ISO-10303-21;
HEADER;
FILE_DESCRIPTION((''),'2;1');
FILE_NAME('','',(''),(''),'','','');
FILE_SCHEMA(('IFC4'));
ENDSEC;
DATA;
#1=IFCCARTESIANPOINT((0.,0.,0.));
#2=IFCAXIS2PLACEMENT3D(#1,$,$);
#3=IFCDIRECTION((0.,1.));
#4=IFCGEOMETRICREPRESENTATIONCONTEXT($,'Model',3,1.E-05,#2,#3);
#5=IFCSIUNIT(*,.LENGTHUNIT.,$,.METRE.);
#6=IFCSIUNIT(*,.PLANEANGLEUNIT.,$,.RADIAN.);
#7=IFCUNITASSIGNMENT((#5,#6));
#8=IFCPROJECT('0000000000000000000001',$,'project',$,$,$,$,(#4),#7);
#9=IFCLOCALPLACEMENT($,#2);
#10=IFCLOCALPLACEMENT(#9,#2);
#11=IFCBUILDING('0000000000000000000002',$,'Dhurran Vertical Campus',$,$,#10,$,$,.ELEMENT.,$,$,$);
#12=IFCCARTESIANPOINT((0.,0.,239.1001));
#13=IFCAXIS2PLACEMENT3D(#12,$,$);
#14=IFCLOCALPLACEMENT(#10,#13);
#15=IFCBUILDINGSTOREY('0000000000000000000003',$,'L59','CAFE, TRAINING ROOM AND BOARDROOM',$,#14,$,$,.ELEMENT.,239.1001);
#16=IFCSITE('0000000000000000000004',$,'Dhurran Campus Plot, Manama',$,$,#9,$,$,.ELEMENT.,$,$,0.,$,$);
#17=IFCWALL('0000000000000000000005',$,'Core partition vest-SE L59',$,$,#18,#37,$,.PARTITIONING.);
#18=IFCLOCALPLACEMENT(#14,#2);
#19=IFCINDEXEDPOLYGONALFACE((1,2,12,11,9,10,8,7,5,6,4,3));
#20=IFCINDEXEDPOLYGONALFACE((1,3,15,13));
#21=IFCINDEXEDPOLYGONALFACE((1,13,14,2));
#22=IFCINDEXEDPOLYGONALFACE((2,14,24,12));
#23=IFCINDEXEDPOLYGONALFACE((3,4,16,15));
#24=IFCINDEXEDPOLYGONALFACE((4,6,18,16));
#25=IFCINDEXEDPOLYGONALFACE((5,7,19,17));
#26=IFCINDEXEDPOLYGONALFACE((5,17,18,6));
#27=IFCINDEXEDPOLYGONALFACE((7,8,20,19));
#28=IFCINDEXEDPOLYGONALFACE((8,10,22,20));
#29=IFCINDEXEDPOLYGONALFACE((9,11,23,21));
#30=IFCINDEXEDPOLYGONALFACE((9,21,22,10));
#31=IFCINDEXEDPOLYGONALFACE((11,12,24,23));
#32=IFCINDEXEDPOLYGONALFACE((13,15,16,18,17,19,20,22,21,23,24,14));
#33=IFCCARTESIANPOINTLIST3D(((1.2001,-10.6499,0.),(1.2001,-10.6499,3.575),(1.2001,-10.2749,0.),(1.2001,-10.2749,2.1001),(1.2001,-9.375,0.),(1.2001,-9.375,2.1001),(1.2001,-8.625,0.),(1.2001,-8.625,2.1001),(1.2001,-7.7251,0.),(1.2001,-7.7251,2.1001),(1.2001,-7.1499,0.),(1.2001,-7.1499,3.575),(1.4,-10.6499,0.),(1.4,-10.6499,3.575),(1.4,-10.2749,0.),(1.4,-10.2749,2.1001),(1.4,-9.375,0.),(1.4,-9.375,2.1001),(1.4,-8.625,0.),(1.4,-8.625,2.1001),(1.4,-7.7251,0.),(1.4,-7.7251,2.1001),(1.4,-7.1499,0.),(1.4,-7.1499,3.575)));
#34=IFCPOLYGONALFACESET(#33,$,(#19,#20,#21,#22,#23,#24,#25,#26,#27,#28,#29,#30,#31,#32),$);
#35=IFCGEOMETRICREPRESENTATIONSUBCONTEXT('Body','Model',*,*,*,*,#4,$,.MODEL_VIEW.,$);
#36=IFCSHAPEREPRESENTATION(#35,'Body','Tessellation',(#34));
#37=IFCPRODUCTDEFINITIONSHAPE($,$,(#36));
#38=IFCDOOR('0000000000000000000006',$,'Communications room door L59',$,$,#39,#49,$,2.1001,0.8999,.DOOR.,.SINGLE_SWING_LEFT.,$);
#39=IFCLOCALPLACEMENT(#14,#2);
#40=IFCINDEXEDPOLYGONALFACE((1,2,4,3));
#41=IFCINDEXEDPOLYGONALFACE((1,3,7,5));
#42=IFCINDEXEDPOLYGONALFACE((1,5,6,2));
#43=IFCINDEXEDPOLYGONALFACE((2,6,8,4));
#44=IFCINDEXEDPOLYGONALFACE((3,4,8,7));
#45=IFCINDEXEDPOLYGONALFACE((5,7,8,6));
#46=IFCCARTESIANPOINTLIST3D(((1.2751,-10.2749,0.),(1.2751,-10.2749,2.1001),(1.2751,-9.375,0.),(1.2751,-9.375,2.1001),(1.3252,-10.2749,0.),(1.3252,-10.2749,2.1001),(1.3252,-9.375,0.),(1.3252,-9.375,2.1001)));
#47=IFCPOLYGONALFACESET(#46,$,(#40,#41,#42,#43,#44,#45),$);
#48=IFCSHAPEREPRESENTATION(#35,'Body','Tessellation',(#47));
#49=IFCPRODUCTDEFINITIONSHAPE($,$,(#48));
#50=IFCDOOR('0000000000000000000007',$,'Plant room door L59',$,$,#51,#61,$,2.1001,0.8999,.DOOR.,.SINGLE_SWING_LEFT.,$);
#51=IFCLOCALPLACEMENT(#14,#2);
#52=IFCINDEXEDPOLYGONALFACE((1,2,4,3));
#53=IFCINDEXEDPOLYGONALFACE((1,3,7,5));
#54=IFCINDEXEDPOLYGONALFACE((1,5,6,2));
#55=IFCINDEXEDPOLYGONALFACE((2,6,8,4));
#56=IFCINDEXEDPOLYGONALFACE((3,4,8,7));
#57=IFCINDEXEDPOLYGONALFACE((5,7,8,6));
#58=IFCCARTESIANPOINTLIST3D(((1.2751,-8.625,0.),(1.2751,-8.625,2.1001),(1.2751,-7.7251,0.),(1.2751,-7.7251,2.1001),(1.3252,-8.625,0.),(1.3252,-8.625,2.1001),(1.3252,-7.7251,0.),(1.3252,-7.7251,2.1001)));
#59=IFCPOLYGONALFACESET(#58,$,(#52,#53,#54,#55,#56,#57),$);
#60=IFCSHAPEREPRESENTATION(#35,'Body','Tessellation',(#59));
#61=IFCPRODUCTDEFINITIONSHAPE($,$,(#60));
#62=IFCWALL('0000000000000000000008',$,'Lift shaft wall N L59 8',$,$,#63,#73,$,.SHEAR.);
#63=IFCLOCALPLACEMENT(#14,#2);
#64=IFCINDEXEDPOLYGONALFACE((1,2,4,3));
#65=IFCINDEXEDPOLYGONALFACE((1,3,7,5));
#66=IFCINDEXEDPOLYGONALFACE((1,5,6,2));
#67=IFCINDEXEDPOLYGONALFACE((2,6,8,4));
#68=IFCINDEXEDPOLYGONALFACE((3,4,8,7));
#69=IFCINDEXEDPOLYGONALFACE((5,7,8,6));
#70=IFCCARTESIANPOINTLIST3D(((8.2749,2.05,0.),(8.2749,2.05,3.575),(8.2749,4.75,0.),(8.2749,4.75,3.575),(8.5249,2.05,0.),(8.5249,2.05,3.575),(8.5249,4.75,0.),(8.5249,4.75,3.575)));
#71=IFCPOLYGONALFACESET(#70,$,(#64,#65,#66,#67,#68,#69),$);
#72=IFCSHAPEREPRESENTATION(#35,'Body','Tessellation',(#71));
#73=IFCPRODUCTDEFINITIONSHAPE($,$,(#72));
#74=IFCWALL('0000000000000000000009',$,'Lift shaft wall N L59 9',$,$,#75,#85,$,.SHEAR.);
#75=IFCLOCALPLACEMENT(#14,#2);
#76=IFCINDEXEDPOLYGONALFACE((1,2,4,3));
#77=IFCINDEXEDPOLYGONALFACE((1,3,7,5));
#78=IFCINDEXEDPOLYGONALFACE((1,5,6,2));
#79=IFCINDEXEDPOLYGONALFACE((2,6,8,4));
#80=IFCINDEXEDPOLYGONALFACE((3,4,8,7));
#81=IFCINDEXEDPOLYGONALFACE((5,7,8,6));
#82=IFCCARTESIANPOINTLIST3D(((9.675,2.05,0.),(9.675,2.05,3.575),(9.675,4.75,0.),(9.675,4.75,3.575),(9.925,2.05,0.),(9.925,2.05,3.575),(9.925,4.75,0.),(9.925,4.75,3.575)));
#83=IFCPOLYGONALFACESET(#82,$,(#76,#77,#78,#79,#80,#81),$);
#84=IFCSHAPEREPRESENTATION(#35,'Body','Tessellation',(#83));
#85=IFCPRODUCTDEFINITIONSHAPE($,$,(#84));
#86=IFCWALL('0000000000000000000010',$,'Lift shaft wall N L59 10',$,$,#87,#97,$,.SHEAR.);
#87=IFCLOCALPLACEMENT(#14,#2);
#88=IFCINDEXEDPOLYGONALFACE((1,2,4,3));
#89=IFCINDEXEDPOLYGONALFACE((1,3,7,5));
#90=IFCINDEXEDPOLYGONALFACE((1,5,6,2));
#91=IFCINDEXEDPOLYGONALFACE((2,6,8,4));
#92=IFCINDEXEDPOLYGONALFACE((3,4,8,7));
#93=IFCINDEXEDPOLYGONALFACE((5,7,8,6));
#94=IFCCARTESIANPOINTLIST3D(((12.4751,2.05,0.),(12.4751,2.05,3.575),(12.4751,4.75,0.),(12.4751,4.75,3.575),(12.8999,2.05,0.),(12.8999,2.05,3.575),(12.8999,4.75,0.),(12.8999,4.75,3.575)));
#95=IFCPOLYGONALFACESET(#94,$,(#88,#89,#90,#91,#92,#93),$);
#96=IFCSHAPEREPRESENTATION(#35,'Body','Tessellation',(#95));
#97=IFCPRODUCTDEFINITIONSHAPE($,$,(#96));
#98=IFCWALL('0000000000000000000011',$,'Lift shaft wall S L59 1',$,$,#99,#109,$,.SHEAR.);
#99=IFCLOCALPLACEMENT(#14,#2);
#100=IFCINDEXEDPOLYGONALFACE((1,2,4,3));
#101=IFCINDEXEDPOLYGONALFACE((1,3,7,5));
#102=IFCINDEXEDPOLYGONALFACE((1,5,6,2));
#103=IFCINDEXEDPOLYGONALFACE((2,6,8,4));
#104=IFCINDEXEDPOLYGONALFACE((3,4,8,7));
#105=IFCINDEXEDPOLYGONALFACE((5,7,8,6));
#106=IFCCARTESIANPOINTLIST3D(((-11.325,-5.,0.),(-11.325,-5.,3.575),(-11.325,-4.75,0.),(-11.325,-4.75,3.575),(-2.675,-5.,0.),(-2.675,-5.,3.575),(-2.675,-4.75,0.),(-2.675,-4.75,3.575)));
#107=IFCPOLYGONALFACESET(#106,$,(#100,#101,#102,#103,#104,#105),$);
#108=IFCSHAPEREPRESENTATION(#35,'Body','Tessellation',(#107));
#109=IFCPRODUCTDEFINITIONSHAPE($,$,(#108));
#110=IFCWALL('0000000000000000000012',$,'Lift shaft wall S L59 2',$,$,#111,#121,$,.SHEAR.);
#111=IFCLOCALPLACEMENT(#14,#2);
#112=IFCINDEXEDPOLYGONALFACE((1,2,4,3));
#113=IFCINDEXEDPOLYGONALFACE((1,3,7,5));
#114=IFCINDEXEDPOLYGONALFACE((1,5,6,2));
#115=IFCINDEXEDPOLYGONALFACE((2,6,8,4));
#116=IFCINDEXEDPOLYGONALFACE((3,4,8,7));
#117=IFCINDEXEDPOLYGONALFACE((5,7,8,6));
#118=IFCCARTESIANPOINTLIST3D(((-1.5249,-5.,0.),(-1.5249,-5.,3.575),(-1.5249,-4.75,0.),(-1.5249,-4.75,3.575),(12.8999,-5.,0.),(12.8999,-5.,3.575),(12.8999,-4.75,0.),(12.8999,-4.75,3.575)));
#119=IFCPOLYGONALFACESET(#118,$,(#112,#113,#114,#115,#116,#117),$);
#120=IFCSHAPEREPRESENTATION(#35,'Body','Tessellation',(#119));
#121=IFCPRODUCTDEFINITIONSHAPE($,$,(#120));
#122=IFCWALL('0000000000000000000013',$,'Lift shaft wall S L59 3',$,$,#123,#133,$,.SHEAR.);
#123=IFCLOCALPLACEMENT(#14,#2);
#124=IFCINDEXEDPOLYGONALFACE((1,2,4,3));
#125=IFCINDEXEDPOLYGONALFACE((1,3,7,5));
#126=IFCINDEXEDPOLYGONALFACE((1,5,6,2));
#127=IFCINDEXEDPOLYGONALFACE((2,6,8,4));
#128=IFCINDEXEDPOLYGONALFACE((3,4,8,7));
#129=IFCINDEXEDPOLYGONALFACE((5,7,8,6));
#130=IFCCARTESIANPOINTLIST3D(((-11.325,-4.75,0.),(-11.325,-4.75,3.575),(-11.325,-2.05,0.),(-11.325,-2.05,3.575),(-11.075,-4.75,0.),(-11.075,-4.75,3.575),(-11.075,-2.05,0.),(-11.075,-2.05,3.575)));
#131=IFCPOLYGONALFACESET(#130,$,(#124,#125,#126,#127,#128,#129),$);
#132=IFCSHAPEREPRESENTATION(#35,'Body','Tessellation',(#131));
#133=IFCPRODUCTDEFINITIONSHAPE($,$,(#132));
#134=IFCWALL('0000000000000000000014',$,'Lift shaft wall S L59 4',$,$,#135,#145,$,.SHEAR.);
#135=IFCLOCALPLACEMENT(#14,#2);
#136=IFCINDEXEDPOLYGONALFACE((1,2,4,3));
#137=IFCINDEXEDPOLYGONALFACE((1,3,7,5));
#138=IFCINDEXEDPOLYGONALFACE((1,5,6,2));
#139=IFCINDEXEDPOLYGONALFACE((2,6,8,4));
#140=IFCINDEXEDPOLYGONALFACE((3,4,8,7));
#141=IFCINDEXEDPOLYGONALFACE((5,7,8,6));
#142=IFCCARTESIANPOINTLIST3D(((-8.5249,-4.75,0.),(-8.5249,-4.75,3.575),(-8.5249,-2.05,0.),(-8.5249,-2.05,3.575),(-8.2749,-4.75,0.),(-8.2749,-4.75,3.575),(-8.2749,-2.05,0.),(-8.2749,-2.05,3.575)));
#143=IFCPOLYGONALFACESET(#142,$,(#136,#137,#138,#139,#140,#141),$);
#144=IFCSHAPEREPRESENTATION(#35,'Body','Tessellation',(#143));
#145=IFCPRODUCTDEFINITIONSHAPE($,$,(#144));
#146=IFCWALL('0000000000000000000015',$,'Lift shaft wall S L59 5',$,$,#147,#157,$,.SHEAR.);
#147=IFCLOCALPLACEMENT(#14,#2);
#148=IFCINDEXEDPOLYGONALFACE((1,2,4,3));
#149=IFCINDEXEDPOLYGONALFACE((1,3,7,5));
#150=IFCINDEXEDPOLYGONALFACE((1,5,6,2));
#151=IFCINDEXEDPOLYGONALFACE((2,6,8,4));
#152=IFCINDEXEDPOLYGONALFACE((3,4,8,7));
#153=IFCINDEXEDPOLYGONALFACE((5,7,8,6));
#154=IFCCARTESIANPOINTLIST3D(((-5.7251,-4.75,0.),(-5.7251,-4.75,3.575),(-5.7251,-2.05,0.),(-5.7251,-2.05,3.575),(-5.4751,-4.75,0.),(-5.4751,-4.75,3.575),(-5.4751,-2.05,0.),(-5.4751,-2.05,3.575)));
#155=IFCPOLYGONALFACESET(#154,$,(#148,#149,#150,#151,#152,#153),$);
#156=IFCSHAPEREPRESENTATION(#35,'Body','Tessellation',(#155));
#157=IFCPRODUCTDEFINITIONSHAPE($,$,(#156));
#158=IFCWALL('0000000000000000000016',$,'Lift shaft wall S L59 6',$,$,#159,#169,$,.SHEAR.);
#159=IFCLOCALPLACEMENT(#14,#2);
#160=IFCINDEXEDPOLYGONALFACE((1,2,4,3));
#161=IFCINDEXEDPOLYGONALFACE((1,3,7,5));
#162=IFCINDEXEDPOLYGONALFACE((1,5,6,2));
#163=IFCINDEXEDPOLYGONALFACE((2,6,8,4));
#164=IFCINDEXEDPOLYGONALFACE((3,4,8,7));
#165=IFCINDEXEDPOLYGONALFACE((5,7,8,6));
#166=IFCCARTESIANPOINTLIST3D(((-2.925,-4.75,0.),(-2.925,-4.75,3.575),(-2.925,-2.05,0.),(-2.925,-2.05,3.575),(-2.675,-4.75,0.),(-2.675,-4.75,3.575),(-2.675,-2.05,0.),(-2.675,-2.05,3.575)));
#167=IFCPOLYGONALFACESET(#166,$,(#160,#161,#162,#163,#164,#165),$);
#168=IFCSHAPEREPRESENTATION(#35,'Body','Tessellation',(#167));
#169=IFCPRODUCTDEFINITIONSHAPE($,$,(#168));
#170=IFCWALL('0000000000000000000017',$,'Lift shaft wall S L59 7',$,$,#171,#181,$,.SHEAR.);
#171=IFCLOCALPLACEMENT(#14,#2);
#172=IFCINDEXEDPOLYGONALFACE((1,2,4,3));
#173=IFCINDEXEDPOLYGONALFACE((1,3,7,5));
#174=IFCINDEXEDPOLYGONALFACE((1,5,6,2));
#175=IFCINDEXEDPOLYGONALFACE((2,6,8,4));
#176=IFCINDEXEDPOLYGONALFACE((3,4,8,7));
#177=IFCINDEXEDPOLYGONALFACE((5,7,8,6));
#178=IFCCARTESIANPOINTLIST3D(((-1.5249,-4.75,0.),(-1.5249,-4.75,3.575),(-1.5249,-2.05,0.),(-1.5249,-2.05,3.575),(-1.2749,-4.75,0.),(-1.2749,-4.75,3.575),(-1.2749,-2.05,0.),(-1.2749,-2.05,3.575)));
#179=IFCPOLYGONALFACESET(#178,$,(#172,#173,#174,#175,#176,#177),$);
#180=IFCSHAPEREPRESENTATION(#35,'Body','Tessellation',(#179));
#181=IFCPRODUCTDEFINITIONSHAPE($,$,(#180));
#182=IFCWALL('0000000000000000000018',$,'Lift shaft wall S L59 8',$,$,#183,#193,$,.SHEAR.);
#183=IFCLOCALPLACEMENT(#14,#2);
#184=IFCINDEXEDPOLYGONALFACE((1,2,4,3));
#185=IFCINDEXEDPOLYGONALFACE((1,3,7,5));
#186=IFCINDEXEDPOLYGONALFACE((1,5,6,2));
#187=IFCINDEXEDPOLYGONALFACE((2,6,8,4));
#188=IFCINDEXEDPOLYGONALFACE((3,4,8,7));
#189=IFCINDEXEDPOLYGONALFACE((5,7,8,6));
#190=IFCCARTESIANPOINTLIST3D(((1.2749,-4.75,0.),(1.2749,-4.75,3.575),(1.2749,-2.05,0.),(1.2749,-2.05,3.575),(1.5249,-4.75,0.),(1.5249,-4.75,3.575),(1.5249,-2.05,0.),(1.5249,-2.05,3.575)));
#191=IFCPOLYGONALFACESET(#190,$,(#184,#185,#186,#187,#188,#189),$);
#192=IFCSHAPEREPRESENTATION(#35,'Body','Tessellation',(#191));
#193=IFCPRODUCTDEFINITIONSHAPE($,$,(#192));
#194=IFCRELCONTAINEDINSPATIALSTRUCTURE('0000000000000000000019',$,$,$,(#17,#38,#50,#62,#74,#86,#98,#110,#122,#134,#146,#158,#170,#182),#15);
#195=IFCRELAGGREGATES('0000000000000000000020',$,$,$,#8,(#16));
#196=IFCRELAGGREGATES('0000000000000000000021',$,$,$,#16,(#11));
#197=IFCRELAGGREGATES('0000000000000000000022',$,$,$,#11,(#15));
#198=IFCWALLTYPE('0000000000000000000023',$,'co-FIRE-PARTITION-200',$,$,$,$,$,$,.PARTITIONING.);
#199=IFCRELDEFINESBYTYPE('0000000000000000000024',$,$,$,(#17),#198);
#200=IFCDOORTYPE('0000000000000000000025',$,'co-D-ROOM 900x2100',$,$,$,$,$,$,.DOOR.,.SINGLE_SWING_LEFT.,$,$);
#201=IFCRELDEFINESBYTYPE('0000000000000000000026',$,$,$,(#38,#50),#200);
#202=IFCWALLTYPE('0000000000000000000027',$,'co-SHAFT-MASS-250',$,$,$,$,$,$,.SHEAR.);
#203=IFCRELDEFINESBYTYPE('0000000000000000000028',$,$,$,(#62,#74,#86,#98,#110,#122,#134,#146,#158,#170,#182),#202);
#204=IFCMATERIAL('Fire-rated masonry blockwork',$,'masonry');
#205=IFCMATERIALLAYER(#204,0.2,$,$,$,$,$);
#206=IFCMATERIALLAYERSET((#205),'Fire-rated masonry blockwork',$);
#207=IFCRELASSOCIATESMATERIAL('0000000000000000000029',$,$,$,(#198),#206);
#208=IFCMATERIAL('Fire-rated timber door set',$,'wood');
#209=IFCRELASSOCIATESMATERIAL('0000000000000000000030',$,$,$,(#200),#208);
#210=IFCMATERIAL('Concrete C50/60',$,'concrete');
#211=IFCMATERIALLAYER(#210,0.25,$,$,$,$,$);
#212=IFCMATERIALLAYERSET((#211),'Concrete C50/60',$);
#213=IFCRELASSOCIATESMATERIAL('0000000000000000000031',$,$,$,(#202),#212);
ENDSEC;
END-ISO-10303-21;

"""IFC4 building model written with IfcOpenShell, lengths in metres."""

from ifc_helpers import new_model, si_unit, direction, frame, frame_2d, origin, place, context, subcontext, project, spatial, polyline, rectangle, outline, extrude, material, layer, layer_set, type_object, element, fill, save


model = new_model("IFC4")

# Units and contexts
model_context = context("Model", 3, precision=1e-05, world=origin(), true_north=direction((0.0, 1.0)))
body_context = subcontext(model_context, "Body", "Model", "MODEL_VIEW")
ifc_project = project(units=[si_unit("LENGTHUNIT", "METRE"), si_unit("PLANEANGLEUNIT", "RADIAN")], contexts=[model_context])

# Site, building, storey
site_placement = place(None, origin())
site = spatial("IfcSite", under=ifc_project, at=site_placement, Name="Dhurran Campus Plot, Manama", CompositionType="ELEMENT", RefElevation=0.0)
building_placement = place(site_placement, origin())
building = spatial("IfcBuilding", under=site, at=building_placement, Name="Dhurran Vertical Campus", CompositionType="ELEMENT")
storey_placement = place(building_placement, frame((0.0, 0.0, 239.1001)))
storey = spatial("IfcBuildingStorey", under=building, at=storey_placement, Name="L59", Description="CAFE, TRAINING ROOM AND BOARDROOM", CompositionType="ELEMENT", Elevation=239.1001)

# Shared definitions
ifc_material_1 = material(Name="Fire-rated masonry blockwork", Category="masonry")
ifc_layer_1 = layer(ifc_material_1, 0.2)
ifc_layer_set_1 = layer_set([ifc_layer_1], Name="Fire-rated masonry blockwork")
wall_type_1 = type_object("IfcWallType", Name="co-FIRE-PARTITION-200", PredefinedType="PARTITIONING", material=ifc_layer_set_1)

# Wall, openings, doors
wall_1_placement = place(storey_placement, frame((1.3, -10.6499, 0.0), z_axis=(0.0, 0.0, 1.0), x_axis=(0.0, 1.0, 0.0)))
wall_1 = element("IfcWall", 1, at=wall_1_placement, inside=storey, type_object=wall_type_1, Name="Core partition vest-SE L59", PredefinedType="PARTITIONING", context=body_context, shape_type="SweptSolid", body=[
    extrude(rectangle(XDim=3.5, YDim=0.2, at=frame_2d((1.75, 0.0))), origin(), (0.0, 0.0, 1.0), 3.575),
])
opening_1_placement = place(wall_1_placement, frame((0.375, 0.0, 0.0)))
opening_1 = element("IfcOpeningElement", 2, at=opening_1_placement, cuts=wall_1, PredefinedType="OPENING", context=body_context, shape_type="SweptSolid", body=[
    extrude(rectangle(XDim=0.8999, YDim=2.1001, at=frame_2d((0.45, 1.05))), frame((0.0, 0.1099, 0.0), z_axis=(0.0, -1.0, 0.0), x_axis=(1.0, 0.0, 0.0)), (0.0, 0.0, 1.0), 0.22),
])
opening_2_placement = place(wall_1_placement, frame((2.0249, 0.0, 0.0)))
opening_2 = element("IfcOpeningElement", 3, at=opening_2_placement, cuts=wall_1, PredefinedType="OPENING", context=body_context, shape_type="SweptSolid", body=[
    extrude(rectangle(XDim=0.8999, YDim=2.1001, at=frame_2d((0.45, 1.05))), frame((0.0, 0.1099, 0.0), z_axis=(0.0, -1.0, 0.0), x_axis=(1.0, 0.0, 0.0)), (0.0, 0.0, 1.0), 0.22),
])
ifc_material_2 = material(Name="Fire-rated timber door set", Category="wood")
door_type_1 = type_object("IfcDoorType", Name="co-D-ROOM 900x2100", OperationType="SINGLE_SWING_LEFT", PredefinedType="DOOR", material=ifc_material_2)
door_1_placement = place(opening_1_placement, origin())
door_1 = element("IfcDoor", 4, at=door_1_placement, inside=storey, type_object=door_type_1, Name="Communications room door L59", OperationType="SINGLE_SWING_LEFT", OverallHeight=2.1001, OverallWidth=0.8999, PredefinedType="DOOR", context=body_context, shape_type="SweptSolid", body=[
    extrude(rectangle(XDim=0.8999, YDim=2.1001, at=frame_2d((0.45, 1.05))), frame((0.0, 0.0249, 0.0), z_axis=(0.0, -1.0, 0.0), x_axis=(1.0, 0.0, 0.0)), (0.0, 0.0, 1.0), 0.05),
])
fill(opening_1, door_1)
door_2_placement = place(opening_2_placement, origin())
door_2 = element("IfcDoor", 5, at=door_2_placement, inside=storey, type_object=door_type_1, Name="Plant room door L59", OperationType="SINGLE_SWING_LEFT", OverallHeight=2.1001, OverallWidth=0.8999, PredefinedType="DOOR", context=body_context, shape_type="SweptSolid", body=[
    extrude(rectangle(XDim=0.8999, YDim=2.1001, at=frame_2d((0.45, 1.05))), frame((0.0, 0.0249, 0.0), z_axis=(0.0, -1.0, 0.0), x_axis=(1.0, 0.0, 0.0)), (0.0, 0.0, 1.0), 0.05),
])
fill(opening_2, door_2)

# Walls
ifc_material_3 = material(Name="Concrete C50/60", Category="concrete")
ifc_layer_2 = layer(ifc_material_3, 0.25)
ifc_layer_set_2 = layer_set([ifc_layer_2], Name="Concrete C50/60")
wall_type_2 = type_object("IfcWallType", Name="co-SHAFT-MASS-250", PredefinedType="SHEAR", material=ifc_layer_set_2)
wall_2_placement = place(storey_placement, origin())
element("IfcWall", 6, at=wall_2_placement, inside=storey, type_object=wall_type_2, Name="Lift shaft wall N L59 8", PredefinedType="SHEAR", context=body_context, shape_type="SweptSolid", body=[
    extrude(outline(polyline([(8.2749, 2.05), (8.5249, 2.05), (8.5249, 4.75), (8.2749, 4.75), (8.2749, 2.05)])), origin(), (0.0, 0.0, 1.0), 3.575),
])
wall_3_placement = place(storey_placement, origin())
element("IfcWall", 7, at=wall_3_placement, inside=storey, type_object=wall_type_2, Name="Lift shaft wall N L59 9", PredefinedType="SHEAR", context=body_context, shape_type="SweptSolid", body=[
    extrude(outline(polyline([(9.675, 2.05), (9.925, 2.05), (9.925, 4.75), (9.675, 4.75), (9.675, 2.05)])), origin(), (0.0, 0.0, 1.0), 3.575),
])
wall_4_placement = place(storey_placement, origin())
element("IfcWall", 8, at=wall_4_placement, inside=storey, type_object=wall_type_2, Name="Lift shaft wall N L59 10", PredefinedType="SHEAR", context=body_context, shape_type="SweptSolid", body=[
    extrude(outline(polyline([(12.4751, 2.05), (12.8999, 2.05), (12.8999, 4.75), (12.4751, 4.75), (12.4751, 2.05)])), origin(), (0.0, 0.0, 1.0), 3.575),
])
wall_5_placement = place(storey_placement, origin())
element("IfcWall", 9, at=wall_5_placement, inside=storey, type_object=wall_type_2, Name="Lift shaft wall S L59 1", PredefinedType="SHEAR", context=body_context, shape_type="SweptSolid", body=[
    extrude(outline(polyline([(-11.325, -5.0), (-2.675, -5.0), (-2.675, -4.75), (-11.325, -4.75), (-11.325, -5.0)])), origin(), (0.0, 0.0, 1.0), 3.575),
])
wall_6_placement = place(storey_placement, origin())
element("IfcWall", 10, at=wall_6_placement, inside=storey, type_object=wall_type_2, Name="Lift shaft wall S L59 2", PredefinedType="SHEAR", context=body_context, shape_type="SweptSolid", body=[
    extrude(outline(polyline([(-1.5249, -5.0), (12.8999, -5.0), (12.8999, -4.75), (-1.5249, -4.75), (-1.5249, -5.0)])), origin(), (0.0, 0.0, 1.0), 3.575),
])
wall_7_placement = place(storey_placement, origin())
element("IfcWall", 11, at=wall_7_placement, inside=storey, type_object=wall_type_2, Name="Lift shaft wall S L59 3", PredefinedType="SHEAR", context=body_context, shape_type="SweptSolid", body=[
    extrude(outline(polyline([(-11.325, -4.75), (-11.075, -4.75), (-11.075, -2.05), (-11.325, -2.05), (-11.325, -4.75)])), origin(), (0.0, 0.0, 1.0), 3.575),
])
wall_8_placement = place(storey_placement, origin())
element("IfcWall", 12, at=wall_8_placement, inside=storey, type_object=wall_type_2, Name="Lift shaft wall S L59 4", PredefinedType="SHEAR", context=body_context, shape_type="SweptSolid", body=[
    extrude(outline(polyline([(-8.5249, -4.75), (-8.2749, -4.75), (-8.2749, -2.05), (-8.5249, -2.05), (-8.5249, -4.75)])), origin(), (0.0, 0.0, 1.0), 3.575),
])
wall_9_placement = place(storey_placement, origin())
element("IfcWall", 13, at=wall_9_placement, inside=storey, type_object=wall_type_2, Name="Lift shaft wall S L59 5", PredefinedType="SHEAR", context=body_context, shape_type="SweptSolid", body=[
    extrude(outline(polyline([(-5.7251, -4.75), (-5.4751, -4.75), (-5.4751, -2.05), (-5.7251, -2.05), (-5.7251, -4.75)])), origin(), (0.0, 0.0, 1.0), 3.575),
])
wall_10_placement = place(storey_placement, origin())
element("IfcWall", 14, at=wall_10_placement, inside=storey, type_object=wall_type_2, Name="Lift shaft wall S L59 6", PredefinedType="SHEAR", context=body_context, shape_type="SweptSolid", body=[
    extrude(outline(polyline([(-2.925, -4.75), (-2.675, -4.75), (-2.675, -2.05), (-2.925, -2.05), (-2.925, -4.75)])), origin(), (0.0, 0.0, 1.0), 3.575),
])
wall_11_placement = place(storey_placement, origin())
element("IfcWall", 15, at=wall_11_placement, inside=storey, type_object=wall_type_2, Name="Lift shaft wall S L59 7", PredefinedType="SHEAR", context=body_context, shape_type="SweptSolid", body=[
    extrude(outline(polyline([(-1.5249, -4.75), (-1.2749, -4.75), (-1.2749, -2.05), (-1.5249, -2.05), (-1.5249, -4.75)])), origin(), (0.0, 0.0, 1.0), 3.575),
])
wall_12_placement = place(storey_placement, origin())
element("IfcWall", 16, at=wall_12_placement, inside=storey, type_object=wall_type_2, Name="Lift shaft wall S L59 8", PredefinedType="SHEAR", context=body_context, shape_type="SweptSolid", body=[
    extrude(outline(polyline([(1.2749, -4.75), (1.5249, -4.75), (1.5249, -2.05), (1.2749, -2.05), (1.2749, -4.75)])), origin(), (0.0, 0.0, 1.0), 3.575),
])

save(model, "model.ifc")
